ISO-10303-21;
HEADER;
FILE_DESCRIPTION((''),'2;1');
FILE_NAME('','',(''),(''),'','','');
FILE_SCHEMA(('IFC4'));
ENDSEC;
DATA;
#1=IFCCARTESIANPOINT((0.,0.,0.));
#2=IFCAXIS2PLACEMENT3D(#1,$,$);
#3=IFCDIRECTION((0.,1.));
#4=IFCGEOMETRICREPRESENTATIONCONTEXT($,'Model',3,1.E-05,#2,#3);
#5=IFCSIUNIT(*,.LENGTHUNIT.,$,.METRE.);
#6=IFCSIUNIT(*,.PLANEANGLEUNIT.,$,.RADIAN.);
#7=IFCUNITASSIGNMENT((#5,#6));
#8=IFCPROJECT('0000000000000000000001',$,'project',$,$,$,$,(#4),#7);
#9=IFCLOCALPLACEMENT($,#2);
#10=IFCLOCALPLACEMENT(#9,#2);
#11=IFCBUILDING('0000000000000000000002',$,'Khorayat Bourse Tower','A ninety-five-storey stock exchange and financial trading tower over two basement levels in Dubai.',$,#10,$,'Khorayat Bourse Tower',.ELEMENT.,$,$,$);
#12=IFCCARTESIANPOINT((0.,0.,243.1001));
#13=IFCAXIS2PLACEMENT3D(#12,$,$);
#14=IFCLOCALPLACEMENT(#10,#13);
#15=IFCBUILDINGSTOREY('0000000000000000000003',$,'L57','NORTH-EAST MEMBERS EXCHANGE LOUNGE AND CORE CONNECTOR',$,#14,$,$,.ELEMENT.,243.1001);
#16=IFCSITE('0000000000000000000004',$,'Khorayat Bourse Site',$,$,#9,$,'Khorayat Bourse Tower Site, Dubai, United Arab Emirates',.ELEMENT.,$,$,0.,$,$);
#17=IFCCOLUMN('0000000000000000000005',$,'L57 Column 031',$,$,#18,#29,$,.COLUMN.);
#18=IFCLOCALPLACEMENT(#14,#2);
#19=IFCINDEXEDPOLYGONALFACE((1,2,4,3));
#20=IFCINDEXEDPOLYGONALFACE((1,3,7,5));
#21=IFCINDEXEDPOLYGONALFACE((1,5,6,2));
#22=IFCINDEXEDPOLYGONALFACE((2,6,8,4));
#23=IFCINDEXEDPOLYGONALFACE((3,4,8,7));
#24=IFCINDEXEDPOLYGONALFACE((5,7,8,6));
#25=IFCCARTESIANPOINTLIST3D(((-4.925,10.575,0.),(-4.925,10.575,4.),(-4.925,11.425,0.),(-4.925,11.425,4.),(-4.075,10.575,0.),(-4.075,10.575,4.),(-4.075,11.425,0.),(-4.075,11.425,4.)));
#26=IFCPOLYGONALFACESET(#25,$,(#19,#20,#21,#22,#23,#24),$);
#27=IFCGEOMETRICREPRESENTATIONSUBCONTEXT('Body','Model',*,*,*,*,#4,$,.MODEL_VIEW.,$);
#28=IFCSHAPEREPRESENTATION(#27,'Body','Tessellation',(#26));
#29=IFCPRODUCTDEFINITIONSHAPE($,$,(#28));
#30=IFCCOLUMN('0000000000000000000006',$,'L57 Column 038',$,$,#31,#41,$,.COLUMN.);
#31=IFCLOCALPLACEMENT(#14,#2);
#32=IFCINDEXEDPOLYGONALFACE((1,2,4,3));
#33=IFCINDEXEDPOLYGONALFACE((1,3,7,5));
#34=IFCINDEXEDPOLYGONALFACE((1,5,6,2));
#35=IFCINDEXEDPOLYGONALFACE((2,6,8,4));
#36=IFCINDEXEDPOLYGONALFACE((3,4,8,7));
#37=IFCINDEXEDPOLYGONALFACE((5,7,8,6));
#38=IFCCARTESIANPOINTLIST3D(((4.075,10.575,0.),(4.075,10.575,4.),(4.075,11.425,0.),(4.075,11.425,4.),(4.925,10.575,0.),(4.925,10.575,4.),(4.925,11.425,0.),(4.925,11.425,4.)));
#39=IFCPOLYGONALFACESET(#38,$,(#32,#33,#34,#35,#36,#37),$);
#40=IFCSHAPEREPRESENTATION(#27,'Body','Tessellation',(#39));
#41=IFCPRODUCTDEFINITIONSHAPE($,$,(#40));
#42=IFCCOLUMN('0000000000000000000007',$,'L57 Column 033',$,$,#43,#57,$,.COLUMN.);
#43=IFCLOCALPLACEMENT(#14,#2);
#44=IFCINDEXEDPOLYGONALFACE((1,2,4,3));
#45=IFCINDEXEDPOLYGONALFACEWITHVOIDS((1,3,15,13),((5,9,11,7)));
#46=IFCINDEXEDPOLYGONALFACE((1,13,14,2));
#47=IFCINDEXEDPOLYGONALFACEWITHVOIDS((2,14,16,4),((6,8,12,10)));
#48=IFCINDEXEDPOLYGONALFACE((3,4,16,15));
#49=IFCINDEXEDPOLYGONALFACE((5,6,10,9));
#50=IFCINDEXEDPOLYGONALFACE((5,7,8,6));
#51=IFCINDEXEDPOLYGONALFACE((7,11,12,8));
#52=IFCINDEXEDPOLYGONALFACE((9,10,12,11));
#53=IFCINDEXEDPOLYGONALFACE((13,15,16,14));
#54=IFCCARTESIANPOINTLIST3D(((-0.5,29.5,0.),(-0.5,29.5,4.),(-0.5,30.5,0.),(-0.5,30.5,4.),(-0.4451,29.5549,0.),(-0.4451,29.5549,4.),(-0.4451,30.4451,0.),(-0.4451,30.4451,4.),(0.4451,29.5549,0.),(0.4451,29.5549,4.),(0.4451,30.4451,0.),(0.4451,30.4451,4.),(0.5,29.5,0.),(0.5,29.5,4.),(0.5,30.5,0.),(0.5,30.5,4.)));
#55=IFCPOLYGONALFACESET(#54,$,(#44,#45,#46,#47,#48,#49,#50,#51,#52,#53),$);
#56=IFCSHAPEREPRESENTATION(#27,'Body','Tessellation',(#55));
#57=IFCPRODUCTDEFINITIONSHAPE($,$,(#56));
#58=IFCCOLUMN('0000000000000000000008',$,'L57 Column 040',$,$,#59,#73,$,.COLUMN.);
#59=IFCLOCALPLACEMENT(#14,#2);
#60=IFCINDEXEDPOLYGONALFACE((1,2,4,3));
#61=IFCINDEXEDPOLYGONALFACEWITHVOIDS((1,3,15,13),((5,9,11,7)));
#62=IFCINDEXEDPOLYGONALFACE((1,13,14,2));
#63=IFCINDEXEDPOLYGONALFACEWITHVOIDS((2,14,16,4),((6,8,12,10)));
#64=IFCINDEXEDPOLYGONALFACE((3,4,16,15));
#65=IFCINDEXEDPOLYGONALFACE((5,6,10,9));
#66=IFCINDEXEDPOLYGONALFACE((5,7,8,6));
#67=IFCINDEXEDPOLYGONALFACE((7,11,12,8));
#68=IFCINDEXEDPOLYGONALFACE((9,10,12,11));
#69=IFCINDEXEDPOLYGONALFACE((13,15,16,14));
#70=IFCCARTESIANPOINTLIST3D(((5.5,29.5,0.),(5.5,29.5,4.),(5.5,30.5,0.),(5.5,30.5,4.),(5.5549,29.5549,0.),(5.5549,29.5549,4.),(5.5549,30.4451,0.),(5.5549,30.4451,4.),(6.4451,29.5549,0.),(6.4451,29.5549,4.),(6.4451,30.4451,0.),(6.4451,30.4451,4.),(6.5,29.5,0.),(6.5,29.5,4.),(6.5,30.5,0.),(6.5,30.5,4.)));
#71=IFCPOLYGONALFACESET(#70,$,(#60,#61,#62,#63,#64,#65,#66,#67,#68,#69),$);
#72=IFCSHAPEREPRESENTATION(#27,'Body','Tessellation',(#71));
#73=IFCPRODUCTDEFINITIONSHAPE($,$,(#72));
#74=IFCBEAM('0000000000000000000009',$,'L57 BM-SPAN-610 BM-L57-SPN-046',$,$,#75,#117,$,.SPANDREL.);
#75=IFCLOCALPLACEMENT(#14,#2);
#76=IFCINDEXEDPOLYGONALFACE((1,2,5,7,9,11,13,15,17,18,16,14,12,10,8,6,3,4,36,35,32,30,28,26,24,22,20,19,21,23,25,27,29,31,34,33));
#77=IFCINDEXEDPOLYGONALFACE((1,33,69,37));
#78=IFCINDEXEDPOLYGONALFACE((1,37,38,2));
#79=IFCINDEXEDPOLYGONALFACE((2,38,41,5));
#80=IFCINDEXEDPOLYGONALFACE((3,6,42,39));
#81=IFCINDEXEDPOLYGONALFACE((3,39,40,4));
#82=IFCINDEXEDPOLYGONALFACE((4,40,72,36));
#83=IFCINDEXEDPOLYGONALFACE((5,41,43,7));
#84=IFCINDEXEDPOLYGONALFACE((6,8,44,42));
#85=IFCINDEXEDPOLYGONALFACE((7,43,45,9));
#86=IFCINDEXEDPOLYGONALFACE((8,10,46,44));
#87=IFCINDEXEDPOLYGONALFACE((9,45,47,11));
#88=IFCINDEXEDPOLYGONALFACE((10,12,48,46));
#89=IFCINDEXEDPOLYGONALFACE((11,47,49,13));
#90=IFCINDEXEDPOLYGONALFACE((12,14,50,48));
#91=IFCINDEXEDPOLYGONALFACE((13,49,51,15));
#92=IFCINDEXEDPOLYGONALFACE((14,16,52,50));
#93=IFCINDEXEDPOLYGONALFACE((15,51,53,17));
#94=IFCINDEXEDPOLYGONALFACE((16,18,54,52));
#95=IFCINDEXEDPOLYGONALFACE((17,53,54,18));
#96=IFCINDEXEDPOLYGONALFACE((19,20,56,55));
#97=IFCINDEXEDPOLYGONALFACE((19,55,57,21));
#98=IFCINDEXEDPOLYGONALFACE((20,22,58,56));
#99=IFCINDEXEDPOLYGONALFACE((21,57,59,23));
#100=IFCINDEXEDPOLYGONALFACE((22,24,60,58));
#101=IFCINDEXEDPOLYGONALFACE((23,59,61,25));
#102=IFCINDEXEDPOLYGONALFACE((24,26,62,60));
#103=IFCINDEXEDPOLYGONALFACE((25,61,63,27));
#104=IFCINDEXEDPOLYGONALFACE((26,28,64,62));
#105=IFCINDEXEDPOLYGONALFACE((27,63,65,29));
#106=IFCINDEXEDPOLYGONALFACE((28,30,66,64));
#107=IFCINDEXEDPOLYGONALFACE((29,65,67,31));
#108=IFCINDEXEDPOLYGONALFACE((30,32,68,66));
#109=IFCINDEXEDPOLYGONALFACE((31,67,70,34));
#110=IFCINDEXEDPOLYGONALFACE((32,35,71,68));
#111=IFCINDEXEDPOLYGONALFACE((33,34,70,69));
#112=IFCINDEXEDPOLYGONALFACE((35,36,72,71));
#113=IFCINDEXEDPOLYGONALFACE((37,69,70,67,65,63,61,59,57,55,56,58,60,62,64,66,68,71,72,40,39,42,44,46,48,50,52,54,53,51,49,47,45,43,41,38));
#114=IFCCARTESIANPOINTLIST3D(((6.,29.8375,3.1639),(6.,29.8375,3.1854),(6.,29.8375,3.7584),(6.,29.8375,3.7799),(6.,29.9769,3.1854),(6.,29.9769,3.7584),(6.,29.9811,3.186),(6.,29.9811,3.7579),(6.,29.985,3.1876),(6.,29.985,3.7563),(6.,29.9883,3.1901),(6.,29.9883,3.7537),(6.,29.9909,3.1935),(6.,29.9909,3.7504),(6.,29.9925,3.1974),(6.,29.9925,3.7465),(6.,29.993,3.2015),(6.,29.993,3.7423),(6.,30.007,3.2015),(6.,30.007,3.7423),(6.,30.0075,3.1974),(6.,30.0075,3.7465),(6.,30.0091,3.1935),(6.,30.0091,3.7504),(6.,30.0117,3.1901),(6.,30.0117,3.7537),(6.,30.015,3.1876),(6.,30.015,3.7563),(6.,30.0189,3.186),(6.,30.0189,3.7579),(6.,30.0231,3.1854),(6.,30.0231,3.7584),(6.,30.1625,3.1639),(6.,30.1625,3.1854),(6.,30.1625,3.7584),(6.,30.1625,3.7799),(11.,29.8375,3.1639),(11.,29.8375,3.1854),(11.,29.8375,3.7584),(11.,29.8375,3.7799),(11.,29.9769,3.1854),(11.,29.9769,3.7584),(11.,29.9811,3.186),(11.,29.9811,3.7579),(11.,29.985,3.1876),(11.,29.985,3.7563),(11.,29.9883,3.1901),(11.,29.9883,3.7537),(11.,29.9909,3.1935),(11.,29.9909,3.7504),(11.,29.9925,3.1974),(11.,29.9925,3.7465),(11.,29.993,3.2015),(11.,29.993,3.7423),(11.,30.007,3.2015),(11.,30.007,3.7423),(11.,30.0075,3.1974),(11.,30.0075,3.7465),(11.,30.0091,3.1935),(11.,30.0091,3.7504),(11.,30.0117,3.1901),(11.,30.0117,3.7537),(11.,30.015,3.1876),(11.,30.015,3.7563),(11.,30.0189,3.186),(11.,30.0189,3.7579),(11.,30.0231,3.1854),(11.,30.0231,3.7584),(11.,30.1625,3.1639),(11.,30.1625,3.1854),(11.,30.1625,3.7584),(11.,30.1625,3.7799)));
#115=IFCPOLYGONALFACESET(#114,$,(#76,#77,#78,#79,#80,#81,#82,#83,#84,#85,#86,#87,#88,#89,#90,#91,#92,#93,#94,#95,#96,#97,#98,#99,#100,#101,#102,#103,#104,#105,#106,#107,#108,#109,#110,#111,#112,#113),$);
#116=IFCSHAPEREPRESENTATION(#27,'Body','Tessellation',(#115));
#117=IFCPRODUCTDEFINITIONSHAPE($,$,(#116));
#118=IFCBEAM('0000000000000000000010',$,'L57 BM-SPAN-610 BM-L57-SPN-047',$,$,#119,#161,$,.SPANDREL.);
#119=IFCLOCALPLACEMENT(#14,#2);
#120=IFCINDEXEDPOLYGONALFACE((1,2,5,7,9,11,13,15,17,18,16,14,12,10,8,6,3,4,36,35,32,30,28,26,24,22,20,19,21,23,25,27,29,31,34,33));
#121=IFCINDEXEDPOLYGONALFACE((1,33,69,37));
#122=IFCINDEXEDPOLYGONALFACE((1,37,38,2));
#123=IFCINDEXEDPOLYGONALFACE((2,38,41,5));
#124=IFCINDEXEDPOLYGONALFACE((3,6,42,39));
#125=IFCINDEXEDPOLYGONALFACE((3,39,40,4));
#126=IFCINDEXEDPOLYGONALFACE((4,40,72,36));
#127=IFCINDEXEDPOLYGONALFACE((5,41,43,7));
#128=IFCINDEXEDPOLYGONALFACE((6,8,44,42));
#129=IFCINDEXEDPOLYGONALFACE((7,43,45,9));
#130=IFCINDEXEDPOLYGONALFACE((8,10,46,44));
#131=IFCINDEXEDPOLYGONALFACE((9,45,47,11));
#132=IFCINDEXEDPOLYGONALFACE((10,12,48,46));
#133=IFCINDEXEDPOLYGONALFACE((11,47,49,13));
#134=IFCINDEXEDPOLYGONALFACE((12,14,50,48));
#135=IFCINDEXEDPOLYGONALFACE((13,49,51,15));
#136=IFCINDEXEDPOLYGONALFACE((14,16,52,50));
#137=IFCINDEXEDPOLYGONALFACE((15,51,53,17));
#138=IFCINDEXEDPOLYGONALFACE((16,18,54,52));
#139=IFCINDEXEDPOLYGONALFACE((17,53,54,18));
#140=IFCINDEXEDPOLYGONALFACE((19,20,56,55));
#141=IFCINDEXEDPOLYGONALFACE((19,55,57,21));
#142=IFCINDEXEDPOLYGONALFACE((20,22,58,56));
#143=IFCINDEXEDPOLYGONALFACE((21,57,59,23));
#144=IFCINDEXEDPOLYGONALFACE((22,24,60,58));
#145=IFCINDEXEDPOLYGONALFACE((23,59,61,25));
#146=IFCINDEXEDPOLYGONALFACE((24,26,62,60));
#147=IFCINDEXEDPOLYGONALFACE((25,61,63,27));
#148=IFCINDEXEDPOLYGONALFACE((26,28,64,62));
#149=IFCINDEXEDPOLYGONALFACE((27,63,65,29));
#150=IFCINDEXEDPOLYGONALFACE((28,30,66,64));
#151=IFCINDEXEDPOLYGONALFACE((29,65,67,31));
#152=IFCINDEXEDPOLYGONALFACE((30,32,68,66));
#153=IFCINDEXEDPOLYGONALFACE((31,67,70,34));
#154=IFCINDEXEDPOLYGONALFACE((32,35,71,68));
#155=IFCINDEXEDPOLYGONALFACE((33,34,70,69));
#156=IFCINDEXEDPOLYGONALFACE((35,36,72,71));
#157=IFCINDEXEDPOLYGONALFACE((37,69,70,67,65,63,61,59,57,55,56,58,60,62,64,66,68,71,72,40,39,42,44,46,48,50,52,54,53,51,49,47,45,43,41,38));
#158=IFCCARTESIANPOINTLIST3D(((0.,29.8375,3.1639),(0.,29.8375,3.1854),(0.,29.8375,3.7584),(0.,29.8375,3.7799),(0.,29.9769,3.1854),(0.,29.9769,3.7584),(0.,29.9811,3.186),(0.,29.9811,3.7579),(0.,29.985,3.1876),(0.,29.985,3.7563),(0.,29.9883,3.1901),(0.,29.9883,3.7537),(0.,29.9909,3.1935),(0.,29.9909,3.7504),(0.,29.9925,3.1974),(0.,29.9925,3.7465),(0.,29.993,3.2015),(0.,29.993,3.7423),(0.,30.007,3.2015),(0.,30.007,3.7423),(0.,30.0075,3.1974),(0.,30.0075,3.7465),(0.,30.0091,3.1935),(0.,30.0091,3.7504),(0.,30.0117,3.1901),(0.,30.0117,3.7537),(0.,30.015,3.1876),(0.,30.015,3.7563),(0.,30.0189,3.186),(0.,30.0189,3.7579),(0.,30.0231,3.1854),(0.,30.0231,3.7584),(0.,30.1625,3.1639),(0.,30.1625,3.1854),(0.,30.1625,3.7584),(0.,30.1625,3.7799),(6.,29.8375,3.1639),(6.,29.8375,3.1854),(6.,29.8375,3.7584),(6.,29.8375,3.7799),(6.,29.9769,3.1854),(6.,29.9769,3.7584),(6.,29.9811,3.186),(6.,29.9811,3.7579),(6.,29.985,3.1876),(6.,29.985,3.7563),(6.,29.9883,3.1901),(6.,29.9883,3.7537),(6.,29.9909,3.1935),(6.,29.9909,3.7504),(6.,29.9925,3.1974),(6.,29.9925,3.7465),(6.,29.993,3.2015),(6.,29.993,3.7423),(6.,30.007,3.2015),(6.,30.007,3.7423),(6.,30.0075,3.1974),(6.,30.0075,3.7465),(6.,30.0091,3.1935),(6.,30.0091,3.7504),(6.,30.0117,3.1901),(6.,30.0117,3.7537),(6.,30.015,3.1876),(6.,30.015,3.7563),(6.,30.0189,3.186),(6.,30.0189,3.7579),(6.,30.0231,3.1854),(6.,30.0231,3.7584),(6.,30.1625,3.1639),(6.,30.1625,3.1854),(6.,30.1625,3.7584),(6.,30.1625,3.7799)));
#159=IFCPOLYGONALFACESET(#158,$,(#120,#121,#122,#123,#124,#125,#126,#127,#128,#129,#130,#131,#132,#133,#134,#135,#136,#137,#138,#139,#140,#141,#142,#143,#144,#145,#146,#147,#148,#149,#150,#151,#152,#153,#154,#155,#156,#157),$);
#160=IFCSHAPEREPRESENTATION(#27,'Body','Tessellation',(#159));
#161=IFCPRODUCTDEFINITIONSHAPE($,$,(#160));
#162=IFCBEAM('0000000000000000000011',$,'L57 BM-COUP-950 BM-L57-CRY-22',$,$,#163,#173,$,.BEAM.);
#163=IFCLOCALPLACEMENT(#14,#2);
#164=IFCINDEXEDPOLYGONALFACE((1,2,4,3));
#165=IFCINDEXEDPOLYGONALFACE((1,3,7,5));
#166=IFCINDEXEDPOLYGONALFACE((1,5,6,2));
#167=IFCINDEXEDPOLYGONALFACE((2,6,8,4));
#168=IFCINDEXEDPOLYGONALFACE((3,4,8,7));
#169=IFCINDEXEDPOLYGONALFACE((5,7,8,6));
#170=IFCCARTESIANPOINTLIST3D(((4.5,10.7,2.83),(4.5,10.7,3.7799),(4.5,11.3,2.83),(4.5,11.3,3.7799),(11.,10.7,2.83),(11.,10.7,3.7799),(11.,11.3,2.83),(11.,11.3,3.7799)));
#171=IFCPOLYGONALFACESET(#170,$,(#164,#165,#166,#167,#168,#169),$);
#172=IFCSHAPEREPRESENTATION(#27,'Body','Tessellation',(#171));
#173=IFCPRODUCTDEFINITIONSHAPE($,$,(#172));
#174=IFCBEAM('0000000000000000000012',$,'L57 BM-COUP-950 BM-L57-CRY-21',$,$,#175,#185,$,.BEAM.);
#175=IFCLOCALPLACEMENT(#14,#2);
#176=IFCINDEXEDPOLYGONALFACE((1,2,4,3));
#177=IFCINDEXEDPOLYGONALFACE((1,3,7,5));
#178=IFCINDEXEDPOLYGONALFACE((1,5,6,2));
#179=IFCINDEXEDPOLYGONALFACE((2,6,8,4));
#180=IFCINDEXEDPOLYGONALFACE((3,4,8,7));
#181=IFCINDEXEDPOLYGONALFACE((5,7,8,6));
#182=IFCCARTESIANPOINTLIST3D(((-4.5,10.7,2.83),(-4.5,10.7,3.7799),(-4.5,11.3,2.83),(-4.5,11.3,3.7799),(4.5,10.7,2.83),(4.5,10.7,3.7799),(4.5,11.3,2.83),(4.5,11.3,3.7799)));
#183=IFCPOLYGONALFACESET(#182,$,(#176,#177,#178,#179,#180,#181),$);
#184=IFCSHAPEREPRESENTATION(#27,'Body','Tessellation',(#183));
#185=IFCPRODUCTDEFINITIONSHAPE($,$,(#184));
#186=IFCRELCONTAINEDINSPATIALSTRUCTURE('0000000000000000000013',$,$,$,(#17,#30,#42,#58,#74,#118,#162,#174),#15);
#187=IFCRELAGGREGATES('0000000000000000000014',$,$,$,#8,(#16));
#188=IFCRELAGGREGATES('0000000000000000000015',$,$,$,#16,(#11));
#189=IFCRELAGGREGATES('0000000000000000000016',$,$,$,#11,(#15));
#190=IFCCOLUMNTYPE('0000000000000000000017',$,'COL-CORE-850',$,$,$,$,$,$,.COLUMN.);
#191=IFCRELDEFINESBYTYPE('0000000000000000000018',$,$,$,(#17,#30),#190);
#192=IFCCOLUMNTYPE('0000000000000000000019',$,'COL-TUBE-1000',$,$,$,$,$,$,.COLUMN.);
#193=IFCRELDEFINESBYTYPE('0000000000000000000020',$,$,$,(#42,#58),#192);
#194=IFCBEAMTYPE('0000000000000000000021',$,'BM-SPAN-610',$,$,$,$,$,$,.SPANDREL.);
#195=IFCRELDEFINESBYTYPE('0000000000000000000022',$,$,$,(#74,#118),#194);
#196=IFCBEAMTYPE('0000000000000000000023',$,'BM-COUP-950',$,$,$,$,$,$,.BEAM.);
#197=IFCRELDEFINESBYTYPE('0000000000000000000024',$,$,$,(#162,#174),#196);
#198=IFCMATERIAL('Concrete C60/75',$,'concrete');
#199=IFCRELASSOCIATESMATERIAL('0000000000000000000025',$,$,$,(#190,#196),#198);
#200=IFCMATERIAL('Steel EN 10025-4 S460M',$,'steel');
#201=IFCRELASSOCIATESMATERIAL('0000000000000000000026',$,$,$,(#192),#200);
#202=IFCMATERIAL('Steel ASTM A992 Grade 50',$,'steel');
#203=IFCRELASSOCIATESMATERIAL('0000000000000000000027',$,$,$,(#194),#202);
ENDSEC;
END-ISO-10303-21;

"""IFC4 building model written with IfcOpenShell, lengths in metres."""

from ifc_helpers import new_model, si_unit, direction, frame, origin, origin_2d, place, context, subcontext, project, spatial, rectangle, hollow_rectangle, i_section, extrude, source, transform, mapped, material, material_profile, profile_set, type_object, element, save


model = new_model("IFC4")

# Units and contexts
model_context = context("Model", 3, precision=1e-05, world=origin(), true_north=direction((0.0, 1.0)))
body_context = subcontext(model_context, "Body", "Model", "MODEL_VIEW")
ifc_project = project(units=[si_unit("LENGTHUNIT", "METRE"), si_unit("PLANEANGLEUNIT", "RADIAN")], contexts=[model_context])

# Site, building, storey
site_placement = place(None, origin())
site = spatial("IfcSite", under=ifc_project, at=site_placement, Name="Khorayat Bourse Site", LongName="Khorayat Bourse Tower Site, Dubai, United Arab Emirates", CompositionType="ELEMENT", RefElevation=0.0)
building_placement = place(site_placement, origin())
building = spatial("IfcBuilding", under=site, at=building_placement, Name="Khorayat Bourse Tower", Description="A ninety-five-storey stock exchange and financial trading tower over two basement levels in Dubai.", LongName="Khorayat Bourse Tower", CompositionType="ELEMENT")
storey_placement = place(building_placement, frame((0.0, 0.0, 243.1001)))
storey = spatial("IfcBuildingStorey", under=building, at=storey_placement, Name="L57", Description="NORTH-EAST MEMBERS EXCHANGE LOUNGE AND CORE CONNECTOR", CompositionType="ELEMENT", Elevation=243.1001)

# Columns
ifc_material_1 = material(Name="Concrete C60/75", Category="concrete")
ifc_material_profile_1 = material_profile(ifc_material_1, rectangle(XDim=0.8501, YDim=0.8501, at=origin_2d()), Name="RC 850x850")
ifc_profile_set_1 = profile_set([ifc_material_profile_1], Name="Concrete C60/75")
column_type_1 = type_object("IfcColumnType", Name="COL-CORE-850", PredefinedType="COLUMN", material=ifc_profile_set_1)
shared_shape_1 = source(origin(), body_context, "Body", "SweptSolid", [
    extrude(rectangle(XDim=0.8501, YDim=0.8501, at=origin_2d()), origin(), (0.0, 0.0, 1.0), 4.0),
])
for number, where, z_axis, x_axis, name in (
    (1, (-4.5, 11.0, 0.0), (0.0, 0.0, 1.0), (1.0, 0.0, 0.0), "L57 Column 031"),
    (2, (4.5, 11.0, 0.0), (0.0, 0.0, 1.0), (1.0, 0.0, 0.0), "L57 Column 038"),
):
    element("IfcColumn", number, at=place(storey_placement, frame(where, z_axis=z_axis, x_axis=x_axis)), inside=storey, type_object=column_type_1, Name=name, PredefinedType="COLUMN", context=body_context, shape_type="MappedRepresentation", body=[
        mapped(shared_shape_1, transform((0.0, 0.0, 0.0), scale=1.0)),
    ])
ifc_material_2 = material(Name="Steel EN 10025-4 S460M", Category="steel")
ifc_material_profile_2 = material_profile(ifc_material_2, hollow_rectangle(XDim=1.0, YDim=1.0, WallThickness=0.0549, at=origin_2d()), Name="BOX 1000x1000x55")
ifc_profile_set_2 = profile_set([ifc_material_profile_2], Name="Steel EN 10025-4 S460M")
column_type_2 = type_object("IfcColumnType", Name="COL-TUBE-1000", PredefinedType="COLUMN", material=ifc_profile_set_2)
shared_shape_2 = source(origin(), body_context, "Body", "SweptSolid", [
    extrude(hollow_rectangle(XDim=1.0, YDim=1.0, WallThickness=0.0549, at=origin_2d()), origin(), (0.0, 0.0, 1.0), 4.0),
])
for number, where, z_axis, x_axis, name in (
    (3, (0.0, 30.0, 0.0), (0.0, 0.0, 1.0), (1.0, 0.0, 0.0), "L57 Column 033"),
    (4, (6.0, 30.0, 0.0), (0.0, 0.0, 1.0), (1.0, 0.0, 0.0), "L57 Column 040"),
):
    element("IfcColumn", number, at=place(storey_placement, frame(where, z_axis=z_axis, x_axis=x_axis)), inside=storey, type_object=column_type_2, Name=name, PredefinedType="COLUMN", context=body_context, shape_type="MappedRepresentation", body=[
        mapped(shared_shape_2, transform((0.0, 0.0, 0.0), scale=1.0)),
    ])

# Beams
ifc_material_3 = material(Name="Steel ASTM A992 Grade 50", Category="steel")
ifc_material_profile_3 = material_profile(ifc_material_3, i_section(OverallWidth=0.325, OverallDepth=0.616, WebThickness=0.0139, FlangeThickness=0.0215, FilletRadius=0.0161, at=origin_2d()), Name="W610X174")
ifc_profile_set_3 = profile_set([ifc_material_profile_3], Name="Steel ASTM A992 Grade 50")
beam_type_1 = type_object("IfcBeamType", Name="BM-SPAN-610", PredefinedType="SPANDREL", material=ifc_profile_set_3)
shared_shape_3 = source(origin(), body_context, "Body", "SweptSolid", [
    extrude(i_section(OverallWidth=0.325, OverallDepth=0.616, WebThickness=0.0139, FlangeThickness=0.0215, FilletRadius=0.0161, at=origin_2d()), origin(), (0.0, 0.0, 1.0), 5.0),
])
beam_1_placement = place(storey_placement, frame((6.0, 30.0, 3.4719), z_axis=(1.0, 0.0, 0.0), x_axis=(0.0, 1.0, 0.0)))
element("IfcBeam", 5, at=beam_1_placement, inside=storey, type_object=beam_type_1, Name="L57 BM-SPAN-610 BM-L57-SPN-046", PredefinedType="SPANDREL", context=body_context, shape_type="MappedRepresentation", body=[
    mapped(shared_shape_3, transform((0.0, 0.0, 0.0), scale=1.0)),
])
shared_shape_4 = source(origin(), body_context, "Body", "SweptSolid", [
    extrude(i_section(OverallWidth=0.325, OverallDepth=0.616, WebThickness=0.0139, FlangeThickness=0.0215, FilletRadius=0.0161, at=origin_2d()), origin(), (0.0, 0.0, 1.0), 6.0),
])
beam_2_placement = place(storey_placement, frame((0.0, 30.0, 3.4719), z_axis=(1.0, 0.0, 0.0), x_axis=(0.0, 1.0, 0.0)))
element("IfcBeam", 6, at=beam_2_placement, inside=storey, type_object=beam_type_1, Name="L57 BM-SPAN-610 BM-L57-SPN-047", PredefinedType="SPANDREL", context=body_context, shape_type="MappedRepresentation", body=[
    mapped(shared_shape_4, transform((0.0, 0.0, 0.0), scale=1.0)),
])
ifc_material_profile_4 = material_profile(ifc_material_1, rectangle(XDim=0.6001, YDim=0.95, at=origin_2d()), Name="RC 600x950")
ifc_profile_set_4 = profile_set([ifc_material_profile_4], Name="Concrete C60/75")
beam_type_2 = type_object("IfcBeamType", Name="BM-COUP-950", PredefinedType="BEAM", material=ifc_profile_set_4)
shared_shape_5 = source(origin(), body_context, "Body", "SweptSolid", [
    extrude(rectangle(XDim=0.6001, YDim=0.95, at=origin_2d()), origin(), (0.0, 0.0, 1.0), 6.5),
])
beam_3_placement = place(storey_placement, frame((4.5, 11.0, 3.3049), z_axis=(1.0, 0.0, 0.0), x_axis=(0.0, 1.0, 0.0)))
element("IfcBeam", 7, at=beam_3_placement, inside=storey, type_object=beam_type_2, Name="L57 BM-COUP-950 BM-L57-CRY-22", PredefinedType="BEAM", context=body_context, shape_type="MappedRepresentation", body=[
    mapped(shared_shape_5, transform((0.0, 0.0, 0.0), scale=1.0)),
])
shared_shape_6 = source(origin(), body_context, "Body", "SweptSolid", [
    extrude(rectangle(XDim=0.6001, YDim=0.95, at=origin_2d()), origin(), (0.0, 0.0, 1.0), 9.0),
])
beam_4_placement = place(storey_placement, frame((-4.5, 11.0, 3.3049), z_axis=(1.0, 0.0, 0.0), x_axis=(0.0, 1.0, 0.0)))
element("IfcBeam", 8, at=beam_4_placement, inside=storey, type_object=beam_type_2, Name="L57 BM-COUP-950 BM-L57-CRY-21", PredefinedType="BEAM", context=body_context, shape_type="MappedRepresentation", body=[
    mapped(shared_shape_6, transform((0.0, 0.0, 0.0), scale=1.0)),
])

save(model, "model.ifc")
